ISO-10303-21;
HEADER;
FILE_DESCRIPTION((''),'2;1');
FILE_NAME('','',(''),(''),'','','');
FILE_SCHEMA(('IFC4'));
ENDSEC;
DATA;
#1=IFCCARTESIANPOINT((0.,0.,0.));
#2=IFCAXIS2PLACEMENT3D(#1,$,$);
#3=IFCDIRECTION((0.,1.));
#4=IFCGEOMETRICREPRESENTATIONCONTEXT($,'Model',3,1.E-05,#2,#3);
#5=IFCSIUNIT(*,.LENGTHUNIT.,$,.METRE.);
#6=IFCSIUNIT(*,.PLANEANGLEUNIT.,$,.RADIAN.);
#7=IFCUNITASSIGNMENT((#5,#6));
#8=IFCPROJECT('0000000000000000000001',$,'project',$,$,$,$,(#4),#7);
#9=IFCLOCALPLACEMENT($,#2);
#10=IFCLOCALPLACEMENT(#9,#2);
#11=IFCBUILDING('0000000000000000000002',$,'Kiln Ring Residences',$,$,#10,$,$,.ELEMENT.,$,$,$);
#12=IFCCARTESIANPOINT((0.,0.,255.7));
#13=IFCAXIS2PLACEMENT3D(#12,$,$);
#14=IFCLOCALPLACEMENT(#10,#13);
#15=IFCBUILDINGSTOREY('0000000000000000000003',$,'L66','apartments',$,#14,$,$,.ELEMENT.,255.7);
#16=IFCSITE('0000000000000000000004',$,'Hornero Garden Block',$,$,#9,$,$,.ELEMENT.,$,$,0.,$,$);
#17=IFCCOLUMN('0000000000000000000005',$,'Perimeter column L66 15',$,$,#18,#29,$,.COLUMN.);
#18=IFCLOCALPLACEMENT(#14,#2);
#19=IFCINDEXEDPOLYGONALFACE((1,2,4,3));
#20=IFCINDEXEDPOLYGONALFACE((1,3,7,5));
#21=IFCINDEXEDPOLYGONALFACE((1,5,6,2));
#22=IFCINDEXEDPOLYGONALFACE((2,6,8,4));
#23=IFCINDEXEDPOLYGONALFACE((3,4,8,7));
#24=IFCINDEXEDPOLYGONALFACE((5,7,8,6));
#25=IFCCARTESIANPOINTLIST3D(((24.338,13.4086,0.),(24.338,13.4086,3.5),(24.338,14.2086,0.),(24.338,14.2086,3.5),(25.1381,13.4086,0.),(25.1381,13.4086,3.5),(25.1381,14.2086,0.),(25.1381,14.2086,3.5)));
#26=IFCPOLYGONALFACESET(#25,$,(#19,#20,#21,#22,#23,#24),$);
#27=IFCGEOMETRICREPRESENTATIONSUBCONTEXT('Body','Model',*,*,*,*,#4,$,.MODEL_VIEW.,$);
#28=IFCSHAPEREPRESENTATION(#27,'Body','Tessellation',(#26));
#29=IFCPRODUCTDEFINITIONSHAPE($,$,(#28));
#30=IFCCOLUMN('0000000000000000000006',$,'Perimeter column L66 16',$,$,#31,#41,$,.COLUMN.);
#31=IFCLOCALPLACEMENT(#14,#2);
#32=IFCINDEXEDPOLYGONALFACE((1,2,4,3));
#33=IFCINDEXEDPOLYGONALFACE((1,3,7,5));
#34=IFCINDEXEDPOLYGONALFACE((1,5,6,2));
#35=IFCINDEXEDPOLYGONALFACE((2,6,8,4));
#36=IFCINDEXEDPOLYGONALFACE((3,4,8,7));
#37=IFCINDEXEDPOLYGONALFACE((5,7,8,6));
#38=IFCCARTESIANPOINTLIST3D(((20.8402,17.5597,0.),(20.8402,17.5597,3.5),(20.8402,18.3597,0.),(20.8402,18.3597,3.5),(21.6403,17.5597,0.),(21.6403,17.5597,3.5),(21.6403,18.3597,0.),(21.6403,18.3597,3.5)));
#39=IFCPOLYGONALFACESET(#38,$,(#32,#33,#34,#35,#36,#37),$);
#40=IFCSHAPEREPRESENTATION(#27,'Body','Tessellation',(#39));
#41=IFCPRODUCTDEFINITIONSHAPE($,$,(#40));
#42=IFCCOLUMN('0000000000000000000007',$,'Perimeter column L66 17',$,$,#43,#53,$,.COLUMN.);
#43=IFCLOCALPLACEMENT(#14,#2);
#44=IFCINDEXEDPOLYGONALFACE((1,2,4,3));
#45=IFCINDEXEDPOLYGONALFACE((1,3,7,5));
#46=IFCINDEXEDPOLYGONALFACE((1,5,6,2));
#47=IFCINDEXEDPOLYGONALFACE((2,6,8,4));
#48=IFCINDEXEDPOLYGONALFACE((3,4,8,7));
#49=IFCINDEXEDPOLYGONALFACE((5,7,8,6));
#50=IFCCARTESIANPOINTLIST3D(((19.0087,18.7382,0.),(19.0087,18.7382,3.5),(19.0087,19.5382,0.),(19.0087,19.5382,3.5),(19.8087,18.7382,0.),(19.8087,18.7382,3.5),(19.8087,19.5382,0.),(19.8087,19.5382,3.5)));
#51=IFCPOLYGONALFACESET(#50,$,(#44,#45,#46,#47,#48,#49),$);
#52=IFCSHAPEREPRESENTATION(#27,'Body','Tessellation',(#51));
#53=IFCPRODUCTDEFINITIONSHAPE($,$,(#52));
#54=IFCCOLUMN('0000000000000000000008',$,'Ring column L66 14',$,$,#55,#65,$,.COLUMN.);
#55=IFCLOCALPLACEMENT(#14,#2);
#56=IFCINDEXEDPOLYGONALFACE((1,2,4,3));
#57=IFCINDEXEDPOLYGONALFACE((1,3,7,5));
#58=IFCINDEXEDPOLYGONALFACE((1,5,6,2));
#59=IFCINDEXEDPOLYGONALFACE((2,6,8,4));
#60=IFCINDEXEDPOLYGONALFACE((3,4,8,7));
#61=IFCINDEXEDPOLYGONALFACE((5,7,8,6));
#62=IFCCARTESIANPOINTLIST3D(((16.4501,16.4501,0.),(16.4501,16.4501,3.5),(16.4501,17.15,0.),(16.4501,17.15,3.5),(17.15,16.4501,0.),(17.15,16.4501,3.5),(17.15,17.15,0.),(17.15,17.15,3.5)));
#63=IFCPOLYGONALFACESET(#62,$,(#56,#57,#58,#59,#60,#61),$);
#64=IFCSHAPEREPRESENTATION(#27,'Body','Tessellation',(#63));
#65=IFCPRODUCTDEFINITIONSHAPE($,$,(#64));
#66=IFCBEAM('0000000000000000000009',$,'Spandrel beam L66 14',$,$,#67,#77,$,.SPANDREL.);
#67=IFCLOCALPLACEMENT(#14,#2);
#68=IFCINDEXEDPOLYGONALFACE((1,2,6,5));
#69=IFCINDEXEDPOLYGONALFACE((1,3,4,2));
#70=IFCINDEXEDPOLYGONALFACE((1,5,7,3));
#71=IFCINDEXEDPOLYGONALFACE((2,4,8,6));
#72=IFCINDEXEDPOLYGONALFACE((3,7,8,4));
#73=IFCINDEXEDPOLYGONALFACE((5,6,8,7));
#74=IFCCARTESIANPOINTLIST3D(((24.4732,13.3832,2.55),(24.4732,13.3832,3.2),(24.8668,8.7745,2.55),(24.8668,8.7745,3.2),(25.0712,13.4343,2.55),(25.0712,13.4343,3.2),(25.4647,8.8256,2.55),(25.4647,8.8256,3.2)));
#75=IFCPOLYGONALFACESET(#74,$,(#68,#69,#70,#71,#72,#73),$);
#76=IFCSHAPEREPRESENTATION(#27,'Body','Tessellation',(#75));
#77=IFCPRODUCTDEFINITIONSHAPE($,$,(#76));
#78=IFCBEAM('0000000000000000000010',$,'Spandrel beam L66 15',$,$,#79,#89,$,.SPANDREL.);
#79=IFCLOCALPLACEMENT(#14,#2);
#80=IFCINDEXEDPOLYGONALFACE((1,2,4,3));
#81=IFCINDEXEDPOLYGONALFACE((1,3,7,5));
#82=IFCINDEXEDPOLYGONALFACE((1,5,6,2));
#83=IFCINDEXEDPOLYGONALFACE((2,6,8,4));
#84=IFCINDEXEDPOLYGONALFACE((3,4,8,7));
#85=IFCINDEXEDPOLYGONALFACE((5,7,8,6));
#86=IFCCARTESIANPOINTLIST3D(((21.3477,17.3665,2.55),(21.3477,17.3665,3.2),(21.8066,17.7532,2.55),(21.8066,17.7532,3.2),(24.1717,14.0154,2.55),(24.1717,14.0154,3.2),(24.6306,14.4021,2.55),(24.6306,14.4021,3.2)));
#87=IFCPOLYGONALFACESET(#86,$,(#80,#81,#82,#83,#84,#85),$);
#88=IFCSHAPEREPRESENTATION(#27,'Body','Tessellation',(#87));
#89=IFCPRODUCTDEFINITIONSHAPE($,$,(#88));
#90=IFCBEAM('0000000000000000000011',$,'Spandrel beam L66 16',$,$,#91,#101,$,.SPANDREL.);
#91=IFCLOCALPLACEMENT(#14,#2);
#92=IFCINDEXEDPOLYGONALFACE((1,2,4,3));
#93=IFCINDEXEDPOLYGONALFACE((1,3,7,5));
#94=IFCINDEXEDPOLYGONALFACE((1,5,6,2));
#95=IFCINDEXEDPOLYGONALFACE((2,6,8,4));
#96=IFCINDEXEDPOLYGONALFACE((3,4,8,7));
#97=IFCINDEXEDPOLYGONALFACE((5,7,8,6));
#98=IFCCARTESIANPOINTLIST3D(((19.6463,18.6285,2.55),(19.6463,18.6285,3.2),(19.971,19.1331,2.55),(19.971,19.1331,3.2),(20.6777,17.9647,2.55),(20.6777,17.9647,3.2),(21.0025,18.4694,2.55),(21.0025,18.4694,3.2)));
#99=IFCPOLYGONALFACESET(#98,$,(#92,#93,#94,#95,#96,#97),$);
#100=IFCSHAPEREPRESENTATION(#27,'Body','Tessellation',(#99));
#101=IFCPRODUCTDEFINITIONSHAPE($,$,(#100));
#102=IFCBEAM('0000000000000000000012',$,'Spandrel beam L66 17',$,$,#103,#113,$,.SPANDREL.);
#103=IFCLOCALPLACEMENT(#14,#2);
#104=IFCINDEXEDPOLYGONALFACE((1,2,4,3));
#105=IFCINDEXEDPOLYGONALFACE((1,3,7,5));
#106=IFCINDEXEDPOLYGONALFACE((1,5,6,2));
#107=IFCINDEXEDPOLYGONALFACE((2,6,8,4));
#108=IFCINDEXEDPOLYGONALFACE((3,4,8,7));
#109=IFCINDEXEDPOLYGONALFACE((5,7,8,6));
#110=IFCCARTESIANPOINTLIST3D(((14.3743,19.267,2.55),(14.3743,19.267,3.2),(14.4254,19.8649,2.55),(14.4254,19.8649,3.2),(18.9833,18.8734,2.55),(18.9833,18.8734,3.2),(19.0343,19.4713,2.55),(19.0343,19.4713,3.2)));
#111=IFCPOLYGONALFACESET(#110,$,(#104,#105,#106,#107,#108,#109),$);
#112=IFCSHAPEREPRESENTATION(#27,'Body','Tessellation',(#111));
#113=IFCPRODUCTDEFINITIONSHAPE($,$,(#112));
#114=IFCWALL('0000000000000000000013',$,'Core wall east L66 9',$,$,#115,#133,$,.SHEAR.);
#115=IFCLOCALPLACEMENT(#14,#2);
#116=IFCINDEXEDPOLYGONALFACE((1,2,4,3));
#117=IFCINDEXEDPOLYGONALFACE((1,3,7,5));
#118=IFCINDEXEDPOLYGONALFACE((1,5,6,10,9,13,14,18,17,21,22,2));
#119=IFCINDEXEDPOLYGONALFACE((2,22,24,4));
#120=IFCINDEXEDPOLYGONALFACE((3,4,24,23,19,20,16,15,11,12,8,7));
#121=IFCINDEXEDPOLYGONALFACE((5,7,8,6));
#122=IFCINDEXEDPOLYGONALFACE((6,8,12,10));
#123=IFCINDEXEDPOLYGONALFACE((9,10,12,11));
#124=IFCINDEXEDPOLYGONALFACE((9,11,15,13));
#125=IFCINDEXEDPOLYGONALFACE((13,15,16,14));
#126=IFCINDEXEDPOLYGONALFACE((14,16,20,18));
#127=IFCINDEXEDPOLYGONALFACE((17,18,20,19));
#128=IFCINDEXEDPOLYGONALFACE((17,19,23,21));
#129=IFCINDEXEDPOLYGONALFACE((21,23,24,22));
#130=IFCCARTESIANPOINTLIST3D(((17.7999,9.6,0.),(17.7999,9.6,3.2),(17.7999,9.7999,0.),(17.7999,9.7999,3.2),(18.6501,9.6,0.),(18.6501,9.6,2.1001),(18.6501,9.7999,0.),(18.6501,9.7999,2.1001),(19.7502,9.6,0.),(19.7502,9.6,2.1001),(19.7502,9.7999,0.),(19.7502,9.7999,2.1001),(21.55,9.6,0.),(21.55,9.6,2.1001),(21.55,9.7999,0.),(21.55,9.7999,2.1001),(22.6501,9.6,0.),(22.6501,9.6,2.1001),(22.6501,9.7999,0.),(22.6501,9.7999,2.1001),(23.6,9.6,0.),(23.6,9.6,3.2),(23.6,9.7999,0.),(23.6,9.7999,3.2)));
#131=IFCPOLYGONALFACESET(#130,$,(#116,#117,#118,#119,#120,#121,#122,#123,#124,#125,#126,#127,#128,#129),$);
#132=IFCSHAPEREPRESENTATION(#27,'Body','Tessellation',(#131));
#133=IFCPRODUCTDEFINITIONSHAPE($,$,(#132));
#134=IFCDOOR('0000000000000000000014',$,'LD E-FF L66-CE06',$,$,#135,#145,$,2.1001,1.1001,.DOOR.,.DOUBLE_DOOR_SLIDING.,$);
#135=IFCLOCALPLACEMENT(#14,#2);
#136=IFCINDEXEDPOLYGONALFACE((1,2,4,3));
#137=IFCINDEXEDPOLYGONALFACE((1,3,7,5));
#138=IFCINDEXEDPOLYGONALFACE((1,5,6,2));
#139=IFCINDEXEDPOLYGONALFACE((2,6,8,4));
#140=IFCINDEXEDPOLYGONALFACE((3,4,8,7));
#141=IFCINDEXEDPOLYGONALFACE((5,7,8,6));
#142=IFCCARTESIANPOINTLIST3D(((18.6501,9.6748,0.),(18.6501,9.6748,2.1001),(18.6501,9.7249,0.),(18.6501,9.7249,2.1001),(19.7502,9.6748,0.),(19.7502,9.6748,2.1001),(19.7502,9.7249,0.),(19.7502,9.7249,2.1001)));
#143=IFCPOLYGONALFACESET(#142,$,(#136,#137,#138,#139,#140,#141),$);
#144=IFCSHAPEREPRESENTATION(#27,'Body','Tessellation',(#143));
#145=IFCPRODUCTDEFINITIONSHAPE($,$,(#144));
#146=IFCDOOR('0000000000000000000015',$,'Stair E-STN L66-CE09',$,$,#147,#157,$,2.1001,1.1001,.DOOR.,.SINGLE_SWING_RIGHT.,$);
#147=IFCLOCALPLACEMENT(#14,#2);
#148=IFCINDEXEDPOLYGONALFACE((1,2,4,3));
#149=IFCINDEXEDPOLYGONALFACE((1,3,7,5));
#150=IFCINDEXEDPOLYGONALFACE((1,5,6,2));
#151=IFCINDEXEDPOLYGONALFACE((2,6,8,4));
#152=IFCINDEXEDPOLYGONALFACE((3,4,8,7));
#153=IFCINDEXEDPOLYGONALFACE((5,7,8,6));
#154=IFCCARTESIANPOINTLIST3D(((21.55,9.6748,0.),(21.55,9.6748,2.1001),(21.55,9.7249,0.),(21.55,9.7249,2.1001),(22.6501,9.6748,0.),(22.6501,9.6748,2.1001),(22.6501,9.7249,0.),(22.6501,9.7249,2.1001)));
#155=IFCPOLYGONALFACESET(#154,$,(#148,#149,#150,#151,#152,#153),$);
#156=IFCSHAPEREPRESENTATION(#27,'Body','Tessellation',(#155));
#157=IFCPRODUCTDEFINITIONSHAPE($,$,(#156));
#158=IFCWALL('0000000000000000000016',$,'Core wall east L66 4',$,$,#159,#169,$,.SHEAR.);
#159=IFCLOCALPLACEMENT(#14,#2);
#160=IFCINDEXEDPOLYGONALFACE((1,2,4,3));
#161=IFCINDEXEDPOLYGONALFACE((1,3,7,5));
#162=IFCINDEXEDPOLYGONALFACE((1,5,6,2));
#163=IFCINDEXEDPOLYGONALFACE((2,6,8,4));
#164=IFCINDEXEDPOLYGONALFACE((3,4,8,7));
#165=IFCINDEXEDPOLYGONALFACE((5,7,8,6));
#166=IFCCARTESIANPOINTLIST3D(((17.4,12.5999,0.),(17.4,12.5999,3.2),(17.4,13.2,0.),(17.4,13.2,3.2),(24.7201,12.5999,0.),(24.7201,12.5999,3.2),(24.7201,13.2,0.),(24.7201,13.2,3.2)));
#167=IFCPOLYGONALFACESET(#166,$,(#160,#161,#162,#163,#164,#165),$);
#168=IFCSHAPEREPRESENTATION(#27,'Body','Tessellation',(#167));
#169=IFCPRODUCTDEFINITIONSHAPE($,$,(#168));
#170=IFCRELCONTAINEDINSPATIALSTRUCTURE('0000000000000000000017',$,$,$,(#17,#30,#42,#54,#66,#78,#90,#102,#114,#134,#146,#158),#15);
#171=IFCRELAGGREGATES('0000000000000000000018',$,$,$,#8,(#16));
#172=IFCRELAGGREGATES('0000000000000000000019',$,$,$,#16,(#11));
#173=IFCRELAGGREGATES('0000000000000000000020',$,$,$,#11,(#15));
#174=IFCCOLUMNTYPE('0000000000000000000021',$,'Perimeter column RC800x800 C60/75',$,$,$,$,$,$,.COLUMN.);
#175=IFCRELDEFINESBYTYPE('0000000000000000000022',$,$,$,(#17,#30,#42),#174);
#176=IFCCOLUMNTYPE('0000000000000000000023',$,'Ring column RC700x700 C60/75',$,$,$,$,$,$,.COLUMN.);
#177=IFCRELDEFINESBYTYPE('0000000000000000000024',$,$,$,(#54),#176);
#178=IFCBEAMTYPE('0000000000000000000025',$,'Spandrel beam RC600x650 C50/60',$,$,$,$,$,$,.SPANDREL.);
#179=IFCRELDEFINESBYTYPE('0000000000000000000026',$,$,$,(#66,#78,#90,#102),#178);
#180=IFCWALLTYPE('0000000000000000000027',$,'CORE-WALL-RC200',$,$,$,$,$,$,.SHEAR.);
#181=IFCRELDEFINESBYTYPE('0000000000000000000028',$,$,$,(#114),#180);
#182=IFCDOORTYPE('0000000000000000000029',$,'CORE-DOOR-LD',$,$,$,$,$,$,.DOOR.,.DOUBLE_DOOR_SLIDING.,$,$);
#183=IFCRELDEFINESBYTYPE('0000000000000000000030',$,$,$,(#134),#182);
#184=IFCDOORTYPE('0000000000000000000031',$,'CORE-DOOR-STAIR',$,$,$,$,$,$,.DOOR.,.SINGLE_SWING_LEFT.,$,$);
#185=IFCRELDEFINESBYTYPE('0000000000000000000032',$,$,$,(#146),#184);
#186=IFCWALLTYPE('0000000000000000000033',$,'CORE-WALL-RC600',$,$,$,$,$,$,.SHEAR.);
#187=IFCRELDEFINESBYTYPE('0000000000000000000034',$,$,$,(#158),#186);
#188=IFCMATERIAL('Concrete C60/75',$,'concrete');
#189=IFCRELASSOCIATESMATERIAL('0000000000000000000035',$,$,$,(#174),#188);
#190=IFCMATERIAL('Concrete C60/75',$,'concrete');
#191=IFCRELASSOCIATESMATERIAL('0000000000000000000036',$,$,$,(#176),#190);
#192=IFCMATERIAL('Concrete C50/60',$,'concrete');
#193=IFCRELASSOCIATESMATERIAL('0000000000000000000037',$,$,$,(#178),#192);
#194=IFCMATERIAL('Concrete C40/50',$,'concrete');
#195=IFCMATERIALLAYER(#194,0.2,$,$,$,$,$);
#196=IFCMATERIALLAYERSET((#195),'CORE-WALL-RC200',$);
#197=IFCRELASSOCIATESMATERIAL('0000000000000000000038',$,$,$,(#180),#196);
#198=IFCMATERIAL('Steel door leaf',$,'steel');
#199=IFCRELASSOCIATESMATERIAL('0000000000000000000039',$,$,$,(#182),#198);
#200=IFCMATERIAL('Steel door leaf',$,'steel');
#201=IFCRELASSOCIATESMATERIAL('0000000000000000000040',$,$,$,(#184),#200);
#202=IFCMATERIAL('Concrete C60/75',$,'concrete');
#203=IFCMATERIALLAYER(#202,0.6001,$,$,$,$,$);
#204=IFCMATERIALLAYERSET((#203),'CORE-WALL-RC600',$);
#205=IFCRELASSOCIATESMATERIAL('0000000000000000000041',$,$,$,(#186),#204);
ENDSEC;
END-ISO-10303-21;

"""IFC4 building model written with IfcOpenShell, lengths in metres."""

from ifc_helpers import new_model, si_unit, direction, frame, frame_2d, origin, origin_2d, place, context, subcontext, project, spatial, rectangle, extrude, material, layer, layer_set, material_profile, profile_set, type_object, element, fill, save


model = new_model("IFC4")

# Units and contexts
model_context = context("Model", 3, precision=1e-05, world=origin(), true_north=direction((0.0, 1.0)))
body_context = subcontext(model_context, "Body", "Model", "MODEL_VIEW")
ifc_project = project(units=[si_unit("LENGTHUNIT", "METRE"), si_unit("PLANEANGLEUNIT", "RADIAN")], contexts=[model_context])

# Site, building, storey
site_placement = place(None, origin())
site = spatial("IfcSite", under=ifc_project, at=site_placement, Name="Hornero Garden Block", CompositionType="ELEMENT", RefElevation=0.0)
building_placement = place(site_placement, origin())
building = spatial("IfcBuilding", under=site, at=building_placement, Name="Kiln Ring Residences", CompositionType="ELEMENT")
storey_placement = place(building_placement, frame((0.0, 0.0, 255.7)))
storey = spatial("IfcBuildingStorey", under=building, at=storey_placement, Name="L66", Description="apartments", CompositionType="ELEMENT", Elevation=255.7)

# Columns
ifc_material_1 = material(Name="Concrete C60/75", Category="concrete")
ifc_material_profile_1 = material_profile(ifc_material_1, rectangle(XDim=0.8, YDim=0.8, at=origin_2d()), Name="RC800x800")
ifc_profile_set_1 = profile_set([ifc_material_profile_1], Name="Concrete C60/75")
column_type_1 = type_object("IfcColumnType", Name="Perimeter column RC800x800 C60/75", PredefinedType="COLUMN", material=ifc_profile_set_1)
for number, where, z_axis, x_axis, name in (
    (1, (24.738, 13.8086, 0.0), (0.0, 0.0, 1.0), (1.0, 0.0, 0.0), "Perimeter column L66 15"),
    (2, (21.2402, 17.9597, 0.0), (0.0, 0.0, 1.0), (1.0, 0.0, 0.0), "Perimeter column L66 16"),
    (3, (19.4087, 19.1382, 0.0), (0.0, 0.0, 1.0), (1.0, 0.0, 0.0), "Perimeter column L66 17"),
):
    element("IfcColumn", number, at=place(storey_placement, frame(where, z_axis=z_axis, x_axis=x_axis)), inside=storey, type_object=column_type_1, Name=name, PredefinedType="COLUMN", context=body_context, shape_type="SweptSolid", body=[
        extrude(rectangle(XDim=0.8, YDim=0.8, at=origin_2d()), origin(), (0.0, 0.0, 1.0), 3.5),
    ])
ifc_material_2 = material(Name="Concrete C60/75", Category="concrete")
ifc_material_profile_2 = material_profile(ifc_material_2, rectangle(XDim=0.7, YDim=0.7, at=origin_2d()), Name="RC700x700")
ifc_profile_set_2 = profile_set([ifc_material_profile_2], Name="Concrete C60/75")
column_type_2 = type_object("IfcColumnType", Name="Ring column RC700x700 C60/75", PredefinedType="COLUMN", material=ifc_profile_set_2)
column_placement = place(storey_placement, frame((16.8, 16.8, 0.0), z_axis=(0.0, 0.0, 1.0), x_axis=(1.0, 0.0, 0.0)))
element("IfcColumn", 4, at=column_placement, inside=storey, type_object=column_type_2, Name="Ring column L66 14", PredefinedType="COLUMN", context=body_context, shape_type="SweptSolid", body=[
    extrude(rectangle(XDim=0.7, YDim=0.7, at=origin_2d()), origin(), (0.0, 0.0, 1.0), 3.5),
])

# Beams
ifc_material_3 = material(Name="Concrete C50/60", Category="concrete")
ifc_material_profile_3 = material_profile(ifc_material_3, rectangle(XDim=0.6001, YDim=0.6499, at=origin_2d()), Name="RC600x650")
ifc_profile_set_3 = profile_set([ifc_material_profile_3], Name="Concrete C50/60")
beam_type = type_object("IfcBeamType", Name="Spandrel beam RC600x650 C50/60", PredefinedType="SPANDREL", material=ifc_profile_set_3)
beam_1_placement = place(storey_placement, frame((25.1658, 8.8, 2.875), z_axis=(-0.085085, 0.996374, 0.0), x_axis=(-0.996374, -0.085085, 0.0)))
element("IfcBeam", 5, at=beam_1_placement, inside=storey, type_object=beam_type, Name="Spandrel beam L66 14", PredefinedType="SPANDREL", context=body_context, shape_type="SweptSolid", body=[
    extrude(rectangle(XDim=0.6001, YDim=0.6499, at=origin_2d()), origin(), (0.0, 0.0, 1.0), 4.6255),
])
beam_2_placement = place(storey_placement, frame((24.4011, 14.2087, 2.875), z_axis=(-0.644405, 0.764684, 0.0), x_axis=(-0.764684, -0.644405, 0.0)))
element("IfcBeam", 6, at=beam_2_placement, inside=storey, type_object=beam_type, Name="Spandrel beam L66 15", PredefinedType="SPANDREL", context=body_context, shape_type="SweptSolid", body=[
    extrude(rectangle(XDim=0.6001, YDim=0.6499, at=origin_2d()), origin(), (0.0, 0.0, 1.0), 4.3823),
])
beam_3_placement = place(storey_placement, frame((20.8401, 18.217, 2.875), z_axis=(-0.840913, 0.54117, 0.0), x_axis=(-0.54117, -0.840913, 0.0)))
element("IfcBeam", 7, at=beam_3_placement, inside=storey, type_object=beam_type, Name="Spandrel beam L66 16", PredefinedType="SPANDREL", context=body_context, shape_type="SweptSolid", body=[
    extrude(rectangle(XDim=0.6001, YDim=0.6499, at=origin_2d()), origin(), (0.0, 0.0, 1.0), 1.2266),
])
beam_4_placement = place(storey_placement, frame((19.0088, 19.1724, 2.875), z_axis=(-0.996374, 0.085081, 0.0), x_axis=(-0.085081, -0.996374, 0.0)))
element("IfcBeam", 8, at=beam_4_placement, inside=storey, type_object=beam_type, Name="Spandrel beam L66 17", PredefinedType="SPANDREL", context=body_context, shape_type="SweptSolid", body=[
    extrude(rectangle(XDim=0.6001, YDim=0.6499, at=origin_2d()), origin(), (0.0, 0.0, 1.0), 4.6257),
])

# Wall, openings, doors
ifc_material_4 = material(Name="Concrete C40/50", Category="concrete")
ifc_layer_1 = layer(ifc_material_4, 0.2)
ifc_layer_set_1 = layer_set([ifc_layer_1], Name="CORE-WALL-RC200")
wall_type_1 = type_object("IfcWallType", Name="CORE-WALL-RC200", PredefinedType="SHEAR", material=ifc_layer_set_1)
wall_1_placement = place(storey_placement, frame((17.8, 9.7, 0.0), z_axis=(0.0, 0.0, 1.0), x_axis=(1.0, 0.0, 0.0)))
wall_1 = element("IfcWall", 9, at=wall_1_placement, inside=storey, type_object=wall_type_1, Name="Core wall east L66 9", PredefinedType="SHEAR", context=body_context, shape_type="SweptSolid", body=[
    extrude(rectangle(XDim=5.8, YDim=0.2, at=frame_2d((2.8999, 0.0))), origin(), (0.0, 0.0, 1.0), 3.2),
])
opening_1_placement = place(wall_1_placement, frame((0.8501, 0.0, 0.0)))
opening_1 = element("IfcOpeningElement", 10, at=opening_1_placement, cuts=wall_1, PredefinedType="OPENING", context=body_context, shape_type="SweptSolid", body=[
    extrude(rectangle(XDim=1.1001, YDim=2.1001, at=frame_2d((0.55, 1.05))), frame((0.0, 0.1099, 0.0), z_axis=(0.0, -1.0, 0.0), x_axis=(1.0, 0.0, 0.0)), (0.0, 0.0, 1.0), 0.22),
])
opening_2_placement = place(wall_1_placement, frame((3.75, 0.0, 0.0)))
opening_2 = element("IfcOpeningElement", 11, at=opening_2_placement, cuts=wall_1, PredefinedType="OPENING", context=body_context, shape_type="SweptSolid", body=[
    extrude(rectangle(XDim=1.1001, YDim=2.1001, at=frame_2d((0.55, 1.05))), frame((0.0, 0.1099, 0.0), z_axis=(0.0, -1.0, 0.0), x_axis=(1.0, 0.0, 0.0)), (0.0, 0.0, 1.0), 0.22),
])
ifc_material_5 = material(Name="Steel door leaf", Category="steel")
door_type_1 = type_object("IfcDoorType", Name="CORE-DOOR-LD", OperationType="DOUBLE_DOOR_SLIDING", PredefinedType="DOOR", material=ifc_material_5)
door_1_placement = place(opening_1_placement, origin())
door_1 = element("IfcDoor", 12, at=door_1_placement, inside=storey, type_object=door_type_1, Name="LD E-FF L66-CE06", OperationType="DOUBLE_DOOR_SLIDING", OverallHeight=2.1001, OverallWidth=1.1001, PredefinedType="DOOR", context=body_context, shape_type="SweptSolid", body=[
    extrude(rectangle(XDim=1.1001, YDim=2.1001, at=frame_2d((0.55, 1.05))), frame((0.0, 0.0249, 0.0), z_axis=(0.0, -1.0, 0.0), x_axis=(1.0, 0.0, 0.0)), (0.0, 0.0, 1.0), 0.05),
])
fill(opening_1, door_1)
ifc_material_6 = material(Name="Steel door leaf", Category="steel")
door_type_2 = type_object("IfcDoorType", Name="CORE-DOOR-STAIR", OperationType="SINGLE_SWING_LEFT", PredefinedType="DOOR", material=ifc_material_6)
door_2_placement = place(opening_2_placement, origin())
door_2 = element("IfcDoor", 13, at=door_2_placement, inside=storey, type_object=door_type_2, Name="Stair E-STN L66-CE09", OperationType="SINGLE_SWING_RIGHT", OverallHeight=2.1001, OverallWidth=1.1001, PredefinedType="DOOR", context=body_context, shape_type="SweptSolid", body=[
    extrude(rectangle(XDim=1.1001, YDim=2.1001, at=frame_2d((0.55, 1.05))), frame((0.0, 0.0249, 0.0), z_axis=(0.0, -1.0, 0.0), x_axis=(1.0, 0.0, 0.0)), (0.0, 0.0, 1.0), 0.05),
])
fill(opening_2, door_2)

# Wall
ifc_material_7 = material(Name="Concrete C60/75", Category="concrete")
ifc_layer_2 = layer(ifc_material_7, 0.6001)
ifc_layer_set_2 = layer_set([ifc_layer_2], Name="CORE-WALL-RC600")
wall_type_2 = type_object("IfcWallType", Name="CORE-WALL-RC600", PredefinedType="SHEAR", material=ifc_layer_set_2)
wall_2_placement = place(storey_placement, frame((17.3999, 12.8999, 0.0), z_axis=(0.0, 0.0, 1.0), x_axis=(1.0, 0.0, 0.0)))
element("IfcWall", 14, at=wall_2_placement, inside=storey, type_object=wall_type_2, Name="Core wall east L66 4", PredefinedType="SHEAR", context=body_context, shape_type="SweptSolid", body=[
    extrude(rectangle(XDim=7.3201, YDim=0.6001, at=frame_2d((3.6602, 0.0))), origin(), (0.0, 0.0, 1.0), 3.2),
])

save(model, "model.ifc")
